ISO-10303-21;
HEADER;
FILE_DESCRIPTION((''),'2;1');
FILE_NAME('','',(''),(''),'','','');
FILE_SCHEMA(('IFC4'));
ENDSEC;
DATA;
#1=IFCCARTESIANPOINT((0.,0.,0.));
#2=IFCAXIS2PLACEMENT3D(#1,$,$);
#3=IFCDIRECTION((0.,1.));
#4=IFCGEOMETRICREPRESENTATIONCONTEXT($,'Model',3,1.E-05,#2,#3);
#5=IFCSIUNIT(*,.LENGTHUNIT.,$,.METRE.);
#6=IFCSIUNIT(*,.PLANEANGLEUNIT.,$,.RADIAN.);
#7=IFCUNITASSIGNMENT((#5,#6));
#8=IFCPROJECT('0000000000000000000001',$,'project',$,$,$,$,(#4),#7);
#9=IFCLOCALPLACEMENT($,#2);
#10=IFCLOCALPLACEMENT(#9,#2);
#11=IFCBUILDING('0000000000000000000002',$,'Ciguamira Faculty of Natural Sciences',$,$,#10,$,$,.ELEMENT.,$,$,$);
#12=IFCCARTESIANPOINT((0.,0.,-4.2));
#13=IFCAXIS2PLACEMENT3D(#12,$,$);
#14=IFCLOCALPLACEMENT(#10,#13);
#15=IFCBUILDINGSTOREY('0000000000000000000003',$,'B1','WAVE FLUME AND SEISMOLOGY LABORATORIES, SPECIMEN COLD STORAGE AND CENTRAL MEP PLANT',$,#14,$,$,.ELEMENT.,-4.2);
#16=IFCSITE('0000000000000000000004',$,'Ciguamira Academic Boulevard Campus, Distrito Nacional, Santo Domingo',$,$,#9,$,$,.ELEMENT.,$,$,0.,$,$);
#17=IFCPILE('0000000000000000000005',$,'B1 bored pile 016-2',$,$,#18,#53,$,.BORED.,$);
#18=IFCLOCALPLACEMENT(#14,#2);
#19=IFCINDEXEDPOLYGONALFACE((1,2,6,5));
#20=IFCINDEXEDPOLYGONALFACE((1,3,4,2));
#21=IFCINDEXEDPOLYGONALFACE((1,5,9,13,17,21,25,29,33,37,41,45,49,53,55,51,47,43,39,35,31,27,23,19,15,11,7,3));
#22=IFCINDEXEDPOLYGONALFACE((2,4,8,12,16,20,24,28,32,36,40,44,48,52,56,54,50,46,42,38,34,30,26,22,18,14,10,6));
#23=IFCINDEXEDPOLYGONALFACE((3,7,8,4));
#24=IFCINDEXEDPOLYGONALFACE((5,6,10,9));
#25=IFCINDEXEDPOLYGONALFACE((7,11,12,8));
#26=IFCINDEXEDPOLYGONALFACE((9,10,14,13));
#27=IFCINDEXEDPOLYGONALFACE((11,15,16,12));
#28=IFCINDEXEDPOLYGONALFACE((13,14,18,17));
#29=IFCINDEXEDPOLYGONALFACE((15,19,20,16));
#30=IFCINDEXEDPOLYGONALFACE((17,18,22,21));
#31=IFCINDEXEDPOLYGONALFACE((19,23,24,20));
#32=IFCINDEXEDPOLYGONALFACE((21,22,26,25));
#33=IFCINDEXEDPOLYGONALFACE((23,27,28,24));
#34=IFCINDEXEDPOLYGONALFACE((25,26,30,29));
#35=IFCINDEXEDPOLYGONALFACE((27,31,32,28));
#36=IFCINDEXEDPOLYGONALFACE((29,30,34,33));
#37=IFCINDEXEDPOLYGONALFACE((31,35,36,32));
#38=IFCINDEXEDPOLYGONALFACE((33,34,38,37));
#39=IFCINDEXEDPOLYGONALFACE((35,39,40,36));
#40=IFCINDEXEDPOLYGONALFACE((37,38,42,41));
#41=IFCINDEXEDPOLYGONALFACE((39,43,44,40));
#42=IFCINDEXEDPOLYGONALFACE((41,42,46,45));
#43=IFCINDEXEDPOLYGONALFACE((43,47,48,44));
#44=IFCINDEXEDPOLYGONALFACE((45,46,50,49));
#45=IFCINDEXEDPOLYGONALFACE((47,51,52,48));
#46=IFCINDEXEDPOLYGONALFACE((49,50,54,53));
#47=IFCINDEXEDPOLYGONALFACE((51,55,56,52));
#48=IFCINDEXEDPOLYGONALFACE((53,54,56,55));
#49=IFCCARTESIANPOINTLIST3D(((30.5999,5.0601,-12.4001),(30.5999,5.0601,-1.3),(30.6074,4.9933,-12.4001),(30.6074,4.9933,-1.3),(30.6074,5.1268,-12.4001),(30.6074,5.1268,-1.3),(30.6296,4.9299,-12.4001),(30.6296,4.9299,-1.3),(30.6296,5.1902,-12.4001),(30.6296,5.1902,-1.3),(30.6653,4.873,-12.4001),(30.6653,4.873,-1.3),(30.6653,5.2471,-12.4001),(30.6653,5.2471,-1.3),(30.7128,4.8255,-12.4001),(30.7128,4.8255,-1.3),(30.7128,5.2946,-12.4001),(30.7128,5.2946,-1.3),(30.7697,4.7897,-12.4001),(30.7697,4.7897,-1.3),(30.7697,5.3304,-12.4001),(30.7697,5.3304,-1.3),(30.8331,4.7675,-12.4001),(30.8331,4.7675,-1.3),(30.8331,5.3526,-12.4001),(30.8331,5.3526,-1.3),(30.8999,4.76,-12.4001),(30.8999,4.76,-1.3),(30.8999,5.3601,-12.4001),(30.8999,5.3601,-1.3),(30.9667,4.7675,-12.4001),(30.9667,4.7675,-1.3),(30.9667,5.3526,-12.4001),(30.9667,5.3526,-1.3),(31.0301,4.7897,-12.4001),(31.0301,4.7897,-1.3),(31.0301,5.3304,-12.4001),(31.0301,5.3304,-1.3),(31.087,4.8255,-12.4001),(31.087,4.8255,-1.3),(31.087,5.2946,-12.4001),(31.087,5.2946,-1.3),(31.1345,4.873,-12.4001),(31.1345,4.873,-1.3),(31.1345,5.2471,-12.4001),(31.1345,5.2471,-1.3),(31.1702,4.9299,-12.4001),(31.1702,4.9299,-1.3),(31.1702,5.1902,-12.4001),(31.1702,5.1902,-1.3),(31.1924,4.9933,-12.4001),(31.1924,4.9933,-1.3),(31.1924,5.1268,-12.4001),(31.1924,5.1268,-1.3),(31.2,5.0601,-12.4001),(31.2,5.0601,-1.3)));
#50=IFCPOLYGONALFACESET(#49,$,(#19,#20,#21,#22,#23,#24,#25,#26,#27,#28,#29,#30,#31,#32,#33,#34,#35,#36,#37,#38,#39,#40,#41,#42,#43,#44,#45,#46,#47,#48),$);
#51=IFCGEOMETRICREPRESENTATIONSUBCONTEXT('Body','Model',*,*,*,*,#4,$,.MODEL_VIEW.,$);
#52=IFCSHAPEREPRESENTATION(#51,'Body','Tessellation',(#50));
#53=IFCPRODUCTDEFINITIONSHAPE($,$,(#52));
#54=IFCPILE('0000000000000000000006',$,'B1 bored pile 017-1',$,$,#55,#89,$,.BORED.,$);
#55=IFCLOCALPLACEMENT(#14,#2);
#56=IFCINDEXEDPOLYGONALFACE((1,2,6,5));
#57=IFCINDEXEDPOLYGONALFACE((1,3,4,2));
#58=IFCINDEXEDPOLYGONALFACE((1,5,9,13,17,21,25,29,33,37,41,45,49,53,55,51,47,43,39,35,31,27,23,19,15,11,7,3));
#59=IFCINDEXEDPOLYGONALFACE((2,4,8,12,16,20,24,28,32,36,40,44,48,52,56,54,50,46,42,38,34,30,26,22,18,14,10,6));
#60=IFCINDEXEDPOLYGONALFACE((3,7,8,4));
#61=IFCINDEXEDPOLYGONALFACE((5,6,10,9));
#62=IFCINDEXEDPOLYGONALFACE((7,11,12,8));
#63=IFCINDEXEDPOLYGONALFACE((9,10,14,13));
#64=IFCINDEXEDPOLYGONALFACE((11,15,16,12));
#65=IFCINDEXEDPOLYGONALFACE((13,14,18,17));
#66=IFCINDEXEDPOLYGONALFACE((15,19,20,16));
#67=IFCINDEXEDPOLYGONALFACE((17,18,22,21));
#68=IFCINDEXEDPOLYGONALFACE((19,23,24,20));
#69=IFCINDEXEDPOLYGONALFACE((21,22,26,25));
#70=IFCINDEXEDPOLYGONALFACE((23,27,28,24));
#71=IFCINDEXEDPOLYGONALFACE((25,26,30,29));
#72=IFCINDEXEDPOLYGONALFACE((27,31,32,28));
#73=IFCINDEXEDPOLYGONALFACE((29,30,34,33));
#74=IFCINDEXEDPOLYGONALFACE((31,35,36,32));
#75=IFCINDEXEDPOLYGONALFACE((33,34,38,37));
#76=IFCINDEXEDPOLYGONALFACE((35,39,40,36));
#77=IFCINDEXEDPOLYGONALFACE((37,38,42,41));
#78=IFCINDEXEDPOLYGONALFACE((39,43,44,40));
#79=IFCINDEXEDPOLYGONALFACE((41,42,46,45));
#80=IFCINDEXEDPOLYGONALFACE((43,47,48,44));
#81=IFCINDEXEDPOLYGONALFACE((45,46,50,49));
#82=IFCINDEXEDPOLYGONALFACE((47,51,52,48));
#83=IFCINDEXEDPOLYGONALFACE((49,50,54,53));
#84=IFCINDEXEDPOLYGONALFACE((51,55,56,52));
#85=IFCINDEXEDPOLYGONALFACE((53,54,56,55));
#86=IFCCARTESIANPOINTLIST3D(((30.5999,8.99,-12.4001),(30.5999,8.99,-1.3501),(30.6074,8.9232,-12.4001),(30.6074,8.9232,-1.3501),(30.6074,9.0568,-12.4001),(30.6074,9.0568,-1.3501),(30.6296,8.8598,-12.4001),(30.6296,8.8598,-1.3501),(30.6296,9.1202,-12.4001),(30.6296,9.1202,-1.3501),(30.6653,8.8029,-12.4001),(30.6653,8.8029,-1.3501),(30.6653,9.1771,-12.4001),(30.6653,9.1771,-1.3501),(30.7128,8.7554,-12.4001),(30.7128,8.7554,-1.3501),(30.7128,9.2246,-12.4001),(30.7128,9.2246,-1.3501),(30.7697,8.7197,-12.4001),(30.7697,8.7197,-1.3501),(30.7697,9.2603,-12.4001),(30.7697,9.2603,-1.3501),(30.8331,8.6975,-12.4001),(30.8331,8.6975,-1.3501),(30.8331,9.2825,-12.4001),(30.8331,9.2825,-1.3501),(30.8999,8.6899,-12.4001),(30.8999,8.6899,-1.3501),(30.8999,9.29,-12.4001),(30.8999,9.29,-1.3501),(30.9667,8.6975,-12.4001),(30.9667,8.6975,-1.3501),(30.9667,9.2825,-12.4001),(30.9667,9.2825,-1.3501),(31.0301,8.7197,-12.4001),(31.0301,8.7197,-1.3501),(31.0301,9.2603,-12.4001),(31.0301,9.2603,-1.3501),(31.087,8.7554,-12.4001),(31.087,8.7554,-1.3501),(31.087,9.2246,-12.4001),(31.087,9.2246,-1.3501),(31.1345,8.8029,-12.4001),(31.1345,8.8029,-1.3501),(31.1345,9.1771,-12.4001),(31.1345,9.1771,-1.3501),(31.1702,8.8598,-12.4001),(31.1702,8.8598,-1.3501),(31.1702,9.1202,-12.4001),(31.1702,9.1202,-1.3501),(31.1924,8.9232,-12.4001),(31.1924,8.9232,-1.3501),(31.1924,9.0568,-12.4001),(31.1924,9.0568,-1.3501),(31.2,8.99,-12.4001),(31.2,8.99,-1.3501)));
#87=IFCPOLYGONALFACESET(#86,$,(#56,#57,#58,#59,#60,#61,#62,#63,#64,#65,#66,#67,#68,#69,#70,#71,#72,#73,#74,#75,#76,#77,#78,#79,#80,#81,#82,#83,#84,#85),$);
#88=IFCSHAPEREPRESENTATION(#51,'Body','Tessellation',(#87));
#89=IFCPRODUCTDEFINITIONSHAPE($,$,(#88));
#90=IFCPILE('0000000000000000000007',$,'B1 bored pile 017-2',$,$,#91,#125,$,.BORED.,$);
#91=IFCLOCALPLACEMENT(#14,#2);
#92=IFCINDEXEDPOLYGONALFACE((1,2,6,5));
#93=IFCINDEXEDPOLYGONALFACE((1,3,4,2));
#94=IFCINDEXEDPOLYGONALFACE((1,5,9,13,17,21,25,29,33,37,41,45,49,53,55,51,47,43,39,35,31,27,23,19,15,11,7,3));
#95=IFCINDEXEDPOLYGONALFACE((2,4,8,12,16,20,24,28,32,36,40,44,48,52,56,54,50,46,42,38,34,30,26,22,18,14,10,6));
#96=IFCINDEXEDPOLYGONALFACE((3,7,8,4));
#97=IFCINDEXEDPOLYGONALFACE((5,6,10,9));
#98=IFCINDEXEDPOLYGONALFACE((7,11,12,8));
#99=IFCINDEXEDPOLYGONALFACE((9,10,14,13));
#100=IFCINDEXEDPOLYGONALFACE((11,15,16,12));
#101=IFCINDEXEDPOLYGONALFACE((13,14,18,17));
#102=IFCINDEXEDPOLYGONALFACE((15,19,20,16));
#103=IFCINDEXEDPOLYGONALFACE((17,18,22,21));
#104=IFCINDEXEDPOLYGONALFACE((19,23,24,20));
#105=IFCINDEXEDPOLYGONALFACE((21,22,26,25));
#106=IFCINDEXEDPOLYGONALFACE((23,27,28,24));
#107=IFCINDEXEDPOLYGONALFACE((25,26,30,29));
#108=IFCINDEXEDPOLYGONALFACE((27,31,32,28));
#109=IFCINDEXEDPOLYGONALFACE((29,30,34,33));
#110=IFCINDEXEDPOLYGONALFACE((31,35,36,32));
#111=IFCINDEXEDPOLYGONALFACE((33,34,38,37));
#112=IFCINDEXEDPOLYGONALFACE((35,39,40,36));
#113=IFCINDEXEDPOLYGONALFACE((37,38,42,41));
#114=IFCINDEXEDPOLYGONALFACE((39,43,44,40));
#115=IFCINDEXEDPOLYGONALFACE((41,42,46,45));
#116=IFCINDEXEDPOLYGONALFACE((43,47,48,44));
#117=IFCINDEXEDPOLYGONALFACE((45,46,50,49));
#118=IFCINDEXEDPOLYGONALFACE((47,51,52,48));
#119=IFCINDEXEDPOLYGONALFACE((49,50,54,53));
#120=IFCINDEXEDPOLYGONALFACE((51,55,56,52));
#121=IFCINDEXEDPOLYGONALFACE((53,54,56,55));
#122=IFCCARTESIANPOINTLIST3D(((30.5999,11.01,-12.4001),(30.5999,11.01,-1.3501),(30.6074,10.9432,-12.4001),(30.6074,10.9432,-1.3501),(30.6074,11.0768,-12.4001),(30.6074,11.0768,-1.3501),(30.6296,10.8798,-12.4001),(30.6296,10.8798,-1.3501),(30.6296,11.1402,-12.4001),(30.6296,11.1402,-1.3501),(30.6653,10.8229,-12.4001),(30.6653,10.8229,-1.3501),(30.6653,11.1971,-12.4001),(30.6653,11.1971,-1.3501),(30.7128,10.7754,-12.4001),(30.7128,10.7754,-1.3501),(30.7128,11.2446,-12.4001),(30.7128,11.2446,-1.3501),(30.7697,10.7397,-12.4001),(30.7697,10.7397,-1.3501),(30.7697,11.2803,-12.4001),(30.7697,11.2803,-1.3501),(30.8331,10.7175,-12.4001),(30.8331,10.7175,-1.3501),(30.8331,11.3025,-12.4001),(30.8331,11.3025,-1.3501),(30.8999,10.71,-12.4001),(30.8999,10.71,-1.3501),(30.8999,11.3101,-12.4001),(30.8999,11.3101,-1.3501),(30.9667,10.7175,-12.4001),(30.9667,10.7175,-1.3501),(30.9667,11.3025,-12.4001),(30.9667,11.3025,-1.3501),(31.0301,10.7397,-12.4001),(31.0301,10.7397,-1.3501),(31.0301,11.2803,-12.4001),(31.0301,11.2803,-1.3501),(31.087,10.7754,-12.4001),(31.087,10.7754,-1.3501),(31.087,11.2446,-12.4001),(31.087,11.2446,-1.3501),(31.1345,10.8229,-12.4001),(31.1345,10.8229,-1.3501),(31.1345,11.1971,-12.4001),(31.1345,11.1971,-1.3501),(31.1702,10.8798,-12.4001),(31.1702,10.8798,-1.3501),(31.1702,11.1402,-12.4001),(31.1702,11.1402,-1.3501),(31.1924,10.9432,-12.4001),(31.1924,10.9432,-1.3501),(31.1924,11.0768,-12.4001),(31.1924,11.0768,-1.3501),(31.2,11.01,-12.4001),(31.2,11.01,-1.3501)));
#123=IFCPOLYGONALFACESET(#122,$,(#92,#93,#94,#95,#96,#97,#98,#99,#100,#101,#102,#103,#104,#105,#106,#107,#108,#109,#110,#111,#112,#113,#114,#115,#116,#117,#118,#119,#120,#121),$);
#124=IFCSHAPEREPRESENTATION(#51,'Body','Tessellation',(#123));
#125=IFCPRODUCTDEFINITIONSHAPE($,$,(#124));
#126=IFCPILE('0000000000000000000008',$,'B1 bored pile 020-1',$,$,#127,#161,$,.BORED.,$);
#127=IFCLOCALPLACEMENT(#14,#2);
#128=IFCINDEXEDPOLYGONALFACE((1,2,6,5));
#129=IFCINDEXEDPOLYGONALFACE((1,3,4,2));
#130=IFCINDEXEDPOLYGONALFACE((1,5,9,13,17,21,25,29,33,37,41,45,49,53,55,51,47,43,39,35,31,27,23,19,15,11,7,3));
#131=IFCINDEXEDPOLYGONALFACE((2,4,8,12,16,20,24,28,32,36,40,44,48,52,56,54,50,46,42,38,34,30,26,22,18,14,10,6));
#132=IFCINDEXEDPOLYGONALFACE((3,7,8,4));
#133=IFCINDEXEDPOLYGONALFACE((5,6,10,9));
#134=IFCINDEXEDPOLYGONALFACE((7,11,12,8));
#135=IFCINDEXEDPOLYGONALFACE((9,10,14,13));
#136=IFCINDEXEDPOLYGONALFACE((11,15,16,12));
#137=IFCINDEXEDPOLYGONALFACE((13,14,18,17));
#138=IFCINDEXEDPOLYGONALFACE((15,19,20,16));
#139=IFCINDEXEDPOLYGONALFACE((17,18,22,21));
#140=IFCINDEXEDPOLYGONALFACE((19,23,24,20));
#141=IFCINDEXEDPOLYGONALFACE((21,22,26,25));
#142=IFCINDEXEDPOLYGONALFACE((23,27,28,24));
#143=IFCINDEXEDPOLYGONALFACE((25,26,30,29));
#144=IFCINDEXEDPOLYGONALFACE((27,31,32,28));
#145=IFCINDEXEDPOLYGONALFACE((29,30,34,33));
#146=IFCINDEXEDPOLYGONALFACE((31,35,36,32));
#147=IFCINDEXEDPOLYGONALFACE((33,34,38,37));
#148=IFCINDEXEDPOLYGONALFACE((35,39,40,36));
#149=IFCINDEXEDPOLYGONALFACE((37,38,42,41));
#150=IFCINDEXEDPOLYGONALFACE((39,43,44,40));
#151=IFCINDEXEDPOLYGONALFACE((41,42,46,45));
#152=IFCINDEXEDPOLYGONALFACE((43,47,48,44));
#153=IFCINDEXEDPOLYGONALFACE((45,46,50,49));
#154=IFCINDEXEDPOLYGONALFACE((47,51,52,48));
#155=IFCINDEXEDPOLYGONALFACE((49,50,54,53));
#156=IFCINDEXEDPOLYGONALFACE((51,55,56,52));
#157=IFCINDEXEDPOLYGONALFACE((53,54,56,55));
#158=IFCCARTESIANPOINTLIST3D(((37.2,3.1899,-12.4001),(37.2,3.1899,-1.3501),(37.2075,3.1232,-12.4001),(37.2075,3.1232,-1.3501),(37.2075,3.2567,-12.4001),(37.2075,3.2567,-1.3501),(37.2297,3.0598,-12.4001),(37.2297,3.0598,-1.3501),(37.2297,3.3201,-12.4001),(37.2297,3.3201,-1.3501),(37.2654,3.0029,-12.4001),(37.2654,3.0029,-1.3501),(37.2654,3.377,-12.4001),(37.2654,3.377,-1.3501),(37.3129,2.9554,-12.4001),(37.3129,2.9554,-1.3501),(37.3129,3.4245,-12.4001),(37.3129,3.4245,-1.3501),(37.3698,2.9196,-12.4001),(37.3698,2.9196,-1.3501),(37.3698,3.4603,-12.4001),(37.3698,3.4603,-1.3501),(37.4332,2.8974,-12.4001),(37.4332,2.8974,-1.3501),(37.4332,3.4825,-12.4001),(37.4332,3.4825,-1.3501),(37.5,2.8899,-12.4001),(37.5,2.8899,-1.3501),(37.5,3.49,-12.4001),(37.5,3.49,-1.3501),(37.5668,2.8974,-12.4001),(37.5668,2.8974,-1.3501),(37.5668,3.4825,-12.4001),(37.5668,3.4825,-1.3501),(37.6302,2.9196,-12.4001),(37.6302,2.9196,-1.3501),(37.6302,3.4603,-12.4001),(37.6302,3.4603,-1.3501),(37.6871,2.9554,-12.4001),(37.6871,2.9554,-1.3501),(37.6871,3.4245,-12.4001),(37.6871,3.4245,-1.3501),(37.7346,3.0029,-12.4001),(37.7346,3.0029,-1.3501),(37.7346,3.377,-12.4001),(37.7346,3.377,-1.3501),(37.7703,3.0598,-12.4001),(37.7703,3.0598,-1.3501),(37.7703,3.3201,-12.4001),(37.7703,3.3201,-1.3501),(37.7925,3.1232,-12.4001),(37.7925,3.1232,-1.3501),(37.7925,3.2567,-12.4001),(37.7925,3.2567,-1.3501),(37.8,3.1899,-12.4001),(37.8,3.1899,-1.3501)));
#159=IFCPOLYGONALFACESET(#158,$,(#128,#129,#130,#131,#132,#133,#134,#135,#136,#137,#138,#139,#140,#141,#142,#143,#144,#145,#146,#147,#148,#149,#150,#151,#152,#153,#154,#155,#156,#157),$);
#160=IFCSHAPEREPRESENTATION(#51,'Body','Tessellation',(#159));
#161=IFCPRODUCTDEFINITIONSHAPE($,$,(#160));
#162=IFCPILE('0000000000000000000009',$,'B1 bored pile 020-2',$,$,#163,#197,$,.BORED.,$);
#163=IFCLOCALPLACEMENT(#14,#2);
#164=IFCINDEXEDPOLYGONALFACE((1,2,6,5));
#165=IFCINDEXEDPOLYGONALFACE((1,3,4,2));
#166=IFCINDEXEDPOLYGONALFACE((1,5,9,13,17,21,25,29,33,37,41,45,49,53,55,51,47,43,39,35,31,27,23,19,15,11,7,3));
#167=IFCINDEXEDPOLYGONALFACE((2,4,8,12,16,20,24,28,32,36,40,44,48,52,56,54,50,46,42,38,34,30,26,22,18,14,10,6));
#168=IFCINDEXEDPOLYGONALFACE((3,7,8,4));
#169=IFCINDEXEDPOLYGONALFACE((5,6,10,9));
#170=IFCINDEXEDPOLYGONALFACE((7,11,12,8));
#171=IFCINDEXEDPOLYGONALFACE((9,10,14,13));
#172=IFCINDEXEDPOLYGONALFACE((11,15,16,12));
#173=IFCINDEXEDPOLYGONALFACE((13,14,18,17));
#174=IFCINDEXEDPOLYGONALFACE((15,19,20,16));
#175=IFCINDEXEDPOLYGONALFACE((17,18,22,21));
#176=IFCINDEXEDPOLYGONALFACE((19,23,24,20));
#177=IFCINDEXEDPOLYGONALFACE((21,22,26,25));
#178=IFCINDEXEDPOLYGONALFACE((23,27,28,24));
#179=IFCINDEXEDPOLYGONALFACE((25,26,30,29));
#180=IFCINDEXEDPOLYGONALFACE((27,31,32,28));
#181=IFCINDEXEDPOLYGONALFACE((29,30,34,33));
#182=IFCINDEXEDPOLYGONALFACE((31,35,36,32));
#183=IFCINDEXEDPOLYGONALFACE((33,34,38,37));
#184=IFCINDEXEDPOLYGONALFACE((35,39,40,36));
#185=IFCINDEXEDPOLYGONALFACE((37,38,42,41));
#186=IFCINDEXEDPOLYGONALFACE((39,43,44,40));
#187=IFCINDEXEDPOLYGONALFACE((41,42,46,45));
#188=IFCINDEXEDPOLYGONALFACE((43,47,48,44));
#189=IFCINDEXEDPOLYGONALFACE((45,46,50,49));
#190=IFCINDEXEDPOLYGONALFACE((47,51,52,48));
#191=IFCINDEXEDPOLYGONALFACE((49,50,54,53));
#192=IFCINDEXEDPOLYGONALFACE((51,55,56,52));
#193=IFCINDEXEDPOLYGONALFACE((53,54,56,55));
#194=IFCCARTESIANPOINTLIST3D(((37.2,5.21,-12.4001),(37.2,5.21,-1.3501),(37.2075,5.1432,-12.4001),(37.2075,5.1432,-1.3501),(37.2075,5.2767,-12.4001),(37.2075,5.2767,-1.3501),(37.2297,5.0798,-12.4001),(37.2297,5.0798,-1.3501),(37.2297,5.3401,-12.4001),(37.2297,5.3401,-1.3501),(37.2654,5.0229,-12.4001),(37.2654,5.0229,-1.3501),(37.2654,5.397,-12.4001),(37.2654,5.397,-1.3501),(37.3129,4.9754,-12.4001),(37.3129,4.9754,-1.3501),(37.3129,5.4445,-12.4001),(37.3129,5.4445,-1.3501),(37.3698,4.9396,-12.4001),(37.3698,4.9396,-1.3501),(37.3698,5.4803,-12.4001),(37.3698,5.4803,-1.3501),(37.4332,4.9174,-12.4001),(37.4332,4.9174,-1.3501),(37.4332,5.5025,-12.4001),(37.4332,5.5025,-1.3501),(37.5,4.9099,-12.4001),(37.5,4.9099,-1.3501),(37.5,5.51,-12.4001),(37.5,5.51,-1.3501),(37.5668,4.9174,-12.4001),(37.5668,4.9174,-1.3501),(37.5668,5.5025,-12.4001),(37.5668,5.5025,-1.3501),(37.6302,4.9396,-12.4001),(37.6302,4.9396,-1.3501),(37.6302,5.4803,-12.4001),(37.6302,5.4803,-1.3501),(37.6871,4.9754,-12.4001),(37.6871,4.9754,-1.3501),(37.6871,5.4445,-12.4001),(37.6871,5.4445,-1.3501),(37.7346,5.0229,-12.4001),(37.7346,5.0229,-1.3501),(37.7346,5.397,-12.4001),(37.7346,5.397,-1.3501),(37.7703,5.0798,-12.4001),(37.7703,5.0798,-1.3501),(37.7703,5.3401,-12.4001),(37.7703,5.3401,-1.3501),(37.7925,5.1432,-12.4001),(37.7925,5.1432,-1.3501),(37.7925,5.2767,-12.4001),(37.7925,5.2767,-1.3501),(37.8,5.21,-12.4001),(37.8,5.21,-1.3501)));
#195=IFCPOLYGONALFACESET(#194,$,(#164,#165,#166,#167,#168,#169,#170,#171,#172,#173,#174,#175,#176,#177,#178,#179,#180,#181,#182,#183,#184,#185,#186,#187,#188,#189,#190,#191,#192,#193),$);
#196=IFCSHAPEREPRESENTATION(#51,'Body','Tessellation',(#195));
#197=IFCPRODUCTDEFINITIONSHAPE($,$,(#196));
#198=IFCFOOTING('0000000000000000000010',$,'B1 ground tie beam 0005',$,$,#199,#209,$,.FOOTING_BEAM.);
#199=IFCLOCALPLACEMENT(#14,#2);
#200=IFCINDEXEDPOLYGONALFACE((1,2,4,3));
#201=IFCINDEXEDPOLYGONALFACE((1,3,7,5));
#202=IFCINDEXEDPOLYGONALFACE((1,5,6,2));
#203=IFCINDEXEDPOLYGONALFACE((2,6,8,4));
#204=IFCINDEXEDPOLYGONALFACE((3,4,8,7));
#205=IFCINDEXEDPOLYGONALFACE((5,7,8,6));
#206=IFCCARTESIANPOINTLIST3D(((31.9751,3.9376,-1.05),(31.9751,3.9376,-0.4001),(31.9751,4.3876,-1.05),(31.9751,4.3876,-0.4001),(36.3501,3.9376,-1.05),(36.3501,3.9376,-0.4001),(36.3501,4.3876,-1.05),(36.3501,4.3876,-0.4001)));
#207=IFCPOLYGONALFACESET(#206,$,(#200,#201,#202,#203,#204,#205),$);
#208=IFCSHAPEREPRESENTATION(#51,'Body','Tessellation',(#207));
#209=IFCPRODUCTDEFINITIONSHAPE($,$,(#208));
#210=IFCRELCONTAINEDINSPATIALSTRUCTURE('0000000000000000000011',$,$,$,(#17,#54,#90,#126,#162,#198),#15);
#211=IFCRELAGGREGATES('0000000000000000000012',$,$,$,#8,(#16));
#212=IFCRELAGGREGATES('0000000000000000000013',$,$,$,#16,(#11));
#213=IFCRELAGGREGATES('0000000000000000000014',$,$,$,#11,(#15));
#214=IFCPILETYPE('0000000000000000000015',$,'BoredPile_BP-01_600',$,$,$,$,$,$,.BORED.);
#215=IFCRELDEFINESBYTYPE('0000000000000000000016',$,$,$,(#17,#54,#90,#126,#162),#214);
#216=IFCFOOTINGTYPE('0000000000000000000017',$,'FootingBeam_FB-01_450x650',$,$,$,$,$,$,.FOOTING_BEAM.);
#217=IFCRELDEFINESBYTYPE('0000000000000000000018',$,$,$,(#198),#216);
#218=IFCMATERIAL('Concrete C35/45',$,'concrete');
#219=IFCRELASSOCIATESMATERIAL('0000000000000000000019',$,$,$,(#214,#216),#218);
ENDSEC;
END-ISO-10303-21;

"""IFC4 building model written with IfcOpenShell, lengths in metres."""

from ifc_helpers import new_model, si_unit, direction, frame, origin, origin_2d, place, context, subcontext, project, spatial, rectangle, circle, extrude, material, material_profile, profile_set, type_object, element, save


model = new_model("IFC4")

# Units and contexts
model_context = context("Model", 3, precision=1e-05, world=origin(), true_north=direction((0.0, 1.0)))
body_context = subcontext(model_context, "Body", "Model", "MODEL_VIEW")
ifc_project = project(units=[si_unit("LENGTHUNIT", "METRE"), si_unit("PLANEANGLEUNIT", "RADIAN")], contexts=[model_context])

# Site, building, storey
site_placement = place(None, origin())
site = spatial("IfcSite", under=ifc_project, at=site_placement, Name="Ciguamira Academic Boulevard Campus, Distrito Nacional, Santo Domingo", CompositionType="ELEMENT", RefElevation=0.0)
building_placement = place(site_placement, origin())
building = spatial("IfcBuilding", under=site, at=building_placement, Name="Ciguamira Faculty of Natural Sciences", CompositionType="ELEMENT")
storey_placement = place(building_placement, frame((0.0, 0.0, -4.2)))
storey = spatial("IfcBuildingStorey", under=building, at=storey_placement, Name="B1", Description="WAVE FLUME AND SEISMOLOGY LABORATORIES, SPECIMEN COLD STORAGE AND CENTRAL MEP PLANT", CompositionType="ELEMENT", Elevation=-4.2)

# Piles
ifc_material_1 = material(Name="Concrete C35/45", Category="concrete")
ifc_material_profile_1 = material_profile(ifc_material_1, circle(Radius=0.3, at=origin_2d()), Name="PILE-BORED-600")
ifc_profile_set_1 = profile_set([ifc_material_profile_1], Name="Concrete C35/45")
pile_type = type_object("IfcPileType", Name="BoredPile_BP-01_600", PredefinedType="BORED", material=ifc_profile_set_1)
for number, where, z_axis, x_axis, name in (
    (1, (30.8999, 5.0601, -1.3), (0.0, 0.0, -1.0), (1.0, 0.0, 0.0), "B1 bored pile 016-2"),
):
    element("IfcPile", number, at=place(storey_placement, frame(where, z_axis=z_axis, x_axis=x_axis)), inside=storey, type_object=pile_type, Name=name, PredefinedType="BORED", context=body_context, shape_type="SweptSolid", body=[
        extrude(circle(Radius=0.3, at=origin_2d()), origin(), (0.0, 0.0, 1.0), 11.1001),
    ])
for number, where, z_axis, x_axis, name in (
    (2, (30.8999, 8.99, -1.3501), (0.0, 0.0, -1.0), (1.0, 0.0, 0.0), "B1 bored pile 017-1"),
    (3, (30.8999, 11.01, -1.3501), (0.0, 0.0, -1.0), (1.0, 0.0, 0.0), "B1 bored pile 017-2"),
    (4, (37.5, 3.1899, -1.3501), (0.0, 0.0, -1.0), (1.0, 0.0, 0.0), "B1 bored pile 020-1"),
    (5, (37.5, 5.21, -1.3501), (0.0, 0.0, -1.0), (1.0, 0.0, 0.0), "B1 bored pile 020-2"),
):
    element("IfcPile", number, at=place(storey_placement, frame(where, z_axis=z_axis, x_axis=x_axis)), inside=storey, type_object=pile_type, Name=name, PredefinedType="BORED", context=body_context, shape_type="SweptSolid", body=[
        extrude(circle(Radius=0.3, at=origin_2d()), origin(), (0.0, 0.0, 1.0), 11.05),
    ])

# Footing
ifc_material_profile_2 = material_profile(ifc_material_1, rectangle(XDim=0.45, YDim=0.6499, at=origin_2d()), Name="RC-FB-450X650")
ifc_profile_set_2 = profile_set([ifc_material_profile_2], Name="Concrete C35/45")
footing_type_1 = type_object("IfcFootingType", Name="FootingBeam_FB-01_450x650", PredefinedType="FOOTING_BEAM", material=ifc_profile_set_2)
footing_1_placement = place(storey_placement, frame((31.9751, 4.1626, -0.7251), z_axis=(1.0, 0.0, 0.0), x_axis=(0.0, 1.0, 0.0)))
element("IfcFooting", 6, at=footing_1_placement, inside=storey, type_object=footing_type_1, Name="B1 ground tie beam 0005", PredefinedType="FOOTING_BEAM", context=body_context, shape_type="SweptSolid", body=[
    extrude(rectangle(XDim=0.45, YDim=0.6499, at=origin_2d()), origin(), (0.0, 0.0, 1.0), 4.375),
])

save(model, "model.ifc")
